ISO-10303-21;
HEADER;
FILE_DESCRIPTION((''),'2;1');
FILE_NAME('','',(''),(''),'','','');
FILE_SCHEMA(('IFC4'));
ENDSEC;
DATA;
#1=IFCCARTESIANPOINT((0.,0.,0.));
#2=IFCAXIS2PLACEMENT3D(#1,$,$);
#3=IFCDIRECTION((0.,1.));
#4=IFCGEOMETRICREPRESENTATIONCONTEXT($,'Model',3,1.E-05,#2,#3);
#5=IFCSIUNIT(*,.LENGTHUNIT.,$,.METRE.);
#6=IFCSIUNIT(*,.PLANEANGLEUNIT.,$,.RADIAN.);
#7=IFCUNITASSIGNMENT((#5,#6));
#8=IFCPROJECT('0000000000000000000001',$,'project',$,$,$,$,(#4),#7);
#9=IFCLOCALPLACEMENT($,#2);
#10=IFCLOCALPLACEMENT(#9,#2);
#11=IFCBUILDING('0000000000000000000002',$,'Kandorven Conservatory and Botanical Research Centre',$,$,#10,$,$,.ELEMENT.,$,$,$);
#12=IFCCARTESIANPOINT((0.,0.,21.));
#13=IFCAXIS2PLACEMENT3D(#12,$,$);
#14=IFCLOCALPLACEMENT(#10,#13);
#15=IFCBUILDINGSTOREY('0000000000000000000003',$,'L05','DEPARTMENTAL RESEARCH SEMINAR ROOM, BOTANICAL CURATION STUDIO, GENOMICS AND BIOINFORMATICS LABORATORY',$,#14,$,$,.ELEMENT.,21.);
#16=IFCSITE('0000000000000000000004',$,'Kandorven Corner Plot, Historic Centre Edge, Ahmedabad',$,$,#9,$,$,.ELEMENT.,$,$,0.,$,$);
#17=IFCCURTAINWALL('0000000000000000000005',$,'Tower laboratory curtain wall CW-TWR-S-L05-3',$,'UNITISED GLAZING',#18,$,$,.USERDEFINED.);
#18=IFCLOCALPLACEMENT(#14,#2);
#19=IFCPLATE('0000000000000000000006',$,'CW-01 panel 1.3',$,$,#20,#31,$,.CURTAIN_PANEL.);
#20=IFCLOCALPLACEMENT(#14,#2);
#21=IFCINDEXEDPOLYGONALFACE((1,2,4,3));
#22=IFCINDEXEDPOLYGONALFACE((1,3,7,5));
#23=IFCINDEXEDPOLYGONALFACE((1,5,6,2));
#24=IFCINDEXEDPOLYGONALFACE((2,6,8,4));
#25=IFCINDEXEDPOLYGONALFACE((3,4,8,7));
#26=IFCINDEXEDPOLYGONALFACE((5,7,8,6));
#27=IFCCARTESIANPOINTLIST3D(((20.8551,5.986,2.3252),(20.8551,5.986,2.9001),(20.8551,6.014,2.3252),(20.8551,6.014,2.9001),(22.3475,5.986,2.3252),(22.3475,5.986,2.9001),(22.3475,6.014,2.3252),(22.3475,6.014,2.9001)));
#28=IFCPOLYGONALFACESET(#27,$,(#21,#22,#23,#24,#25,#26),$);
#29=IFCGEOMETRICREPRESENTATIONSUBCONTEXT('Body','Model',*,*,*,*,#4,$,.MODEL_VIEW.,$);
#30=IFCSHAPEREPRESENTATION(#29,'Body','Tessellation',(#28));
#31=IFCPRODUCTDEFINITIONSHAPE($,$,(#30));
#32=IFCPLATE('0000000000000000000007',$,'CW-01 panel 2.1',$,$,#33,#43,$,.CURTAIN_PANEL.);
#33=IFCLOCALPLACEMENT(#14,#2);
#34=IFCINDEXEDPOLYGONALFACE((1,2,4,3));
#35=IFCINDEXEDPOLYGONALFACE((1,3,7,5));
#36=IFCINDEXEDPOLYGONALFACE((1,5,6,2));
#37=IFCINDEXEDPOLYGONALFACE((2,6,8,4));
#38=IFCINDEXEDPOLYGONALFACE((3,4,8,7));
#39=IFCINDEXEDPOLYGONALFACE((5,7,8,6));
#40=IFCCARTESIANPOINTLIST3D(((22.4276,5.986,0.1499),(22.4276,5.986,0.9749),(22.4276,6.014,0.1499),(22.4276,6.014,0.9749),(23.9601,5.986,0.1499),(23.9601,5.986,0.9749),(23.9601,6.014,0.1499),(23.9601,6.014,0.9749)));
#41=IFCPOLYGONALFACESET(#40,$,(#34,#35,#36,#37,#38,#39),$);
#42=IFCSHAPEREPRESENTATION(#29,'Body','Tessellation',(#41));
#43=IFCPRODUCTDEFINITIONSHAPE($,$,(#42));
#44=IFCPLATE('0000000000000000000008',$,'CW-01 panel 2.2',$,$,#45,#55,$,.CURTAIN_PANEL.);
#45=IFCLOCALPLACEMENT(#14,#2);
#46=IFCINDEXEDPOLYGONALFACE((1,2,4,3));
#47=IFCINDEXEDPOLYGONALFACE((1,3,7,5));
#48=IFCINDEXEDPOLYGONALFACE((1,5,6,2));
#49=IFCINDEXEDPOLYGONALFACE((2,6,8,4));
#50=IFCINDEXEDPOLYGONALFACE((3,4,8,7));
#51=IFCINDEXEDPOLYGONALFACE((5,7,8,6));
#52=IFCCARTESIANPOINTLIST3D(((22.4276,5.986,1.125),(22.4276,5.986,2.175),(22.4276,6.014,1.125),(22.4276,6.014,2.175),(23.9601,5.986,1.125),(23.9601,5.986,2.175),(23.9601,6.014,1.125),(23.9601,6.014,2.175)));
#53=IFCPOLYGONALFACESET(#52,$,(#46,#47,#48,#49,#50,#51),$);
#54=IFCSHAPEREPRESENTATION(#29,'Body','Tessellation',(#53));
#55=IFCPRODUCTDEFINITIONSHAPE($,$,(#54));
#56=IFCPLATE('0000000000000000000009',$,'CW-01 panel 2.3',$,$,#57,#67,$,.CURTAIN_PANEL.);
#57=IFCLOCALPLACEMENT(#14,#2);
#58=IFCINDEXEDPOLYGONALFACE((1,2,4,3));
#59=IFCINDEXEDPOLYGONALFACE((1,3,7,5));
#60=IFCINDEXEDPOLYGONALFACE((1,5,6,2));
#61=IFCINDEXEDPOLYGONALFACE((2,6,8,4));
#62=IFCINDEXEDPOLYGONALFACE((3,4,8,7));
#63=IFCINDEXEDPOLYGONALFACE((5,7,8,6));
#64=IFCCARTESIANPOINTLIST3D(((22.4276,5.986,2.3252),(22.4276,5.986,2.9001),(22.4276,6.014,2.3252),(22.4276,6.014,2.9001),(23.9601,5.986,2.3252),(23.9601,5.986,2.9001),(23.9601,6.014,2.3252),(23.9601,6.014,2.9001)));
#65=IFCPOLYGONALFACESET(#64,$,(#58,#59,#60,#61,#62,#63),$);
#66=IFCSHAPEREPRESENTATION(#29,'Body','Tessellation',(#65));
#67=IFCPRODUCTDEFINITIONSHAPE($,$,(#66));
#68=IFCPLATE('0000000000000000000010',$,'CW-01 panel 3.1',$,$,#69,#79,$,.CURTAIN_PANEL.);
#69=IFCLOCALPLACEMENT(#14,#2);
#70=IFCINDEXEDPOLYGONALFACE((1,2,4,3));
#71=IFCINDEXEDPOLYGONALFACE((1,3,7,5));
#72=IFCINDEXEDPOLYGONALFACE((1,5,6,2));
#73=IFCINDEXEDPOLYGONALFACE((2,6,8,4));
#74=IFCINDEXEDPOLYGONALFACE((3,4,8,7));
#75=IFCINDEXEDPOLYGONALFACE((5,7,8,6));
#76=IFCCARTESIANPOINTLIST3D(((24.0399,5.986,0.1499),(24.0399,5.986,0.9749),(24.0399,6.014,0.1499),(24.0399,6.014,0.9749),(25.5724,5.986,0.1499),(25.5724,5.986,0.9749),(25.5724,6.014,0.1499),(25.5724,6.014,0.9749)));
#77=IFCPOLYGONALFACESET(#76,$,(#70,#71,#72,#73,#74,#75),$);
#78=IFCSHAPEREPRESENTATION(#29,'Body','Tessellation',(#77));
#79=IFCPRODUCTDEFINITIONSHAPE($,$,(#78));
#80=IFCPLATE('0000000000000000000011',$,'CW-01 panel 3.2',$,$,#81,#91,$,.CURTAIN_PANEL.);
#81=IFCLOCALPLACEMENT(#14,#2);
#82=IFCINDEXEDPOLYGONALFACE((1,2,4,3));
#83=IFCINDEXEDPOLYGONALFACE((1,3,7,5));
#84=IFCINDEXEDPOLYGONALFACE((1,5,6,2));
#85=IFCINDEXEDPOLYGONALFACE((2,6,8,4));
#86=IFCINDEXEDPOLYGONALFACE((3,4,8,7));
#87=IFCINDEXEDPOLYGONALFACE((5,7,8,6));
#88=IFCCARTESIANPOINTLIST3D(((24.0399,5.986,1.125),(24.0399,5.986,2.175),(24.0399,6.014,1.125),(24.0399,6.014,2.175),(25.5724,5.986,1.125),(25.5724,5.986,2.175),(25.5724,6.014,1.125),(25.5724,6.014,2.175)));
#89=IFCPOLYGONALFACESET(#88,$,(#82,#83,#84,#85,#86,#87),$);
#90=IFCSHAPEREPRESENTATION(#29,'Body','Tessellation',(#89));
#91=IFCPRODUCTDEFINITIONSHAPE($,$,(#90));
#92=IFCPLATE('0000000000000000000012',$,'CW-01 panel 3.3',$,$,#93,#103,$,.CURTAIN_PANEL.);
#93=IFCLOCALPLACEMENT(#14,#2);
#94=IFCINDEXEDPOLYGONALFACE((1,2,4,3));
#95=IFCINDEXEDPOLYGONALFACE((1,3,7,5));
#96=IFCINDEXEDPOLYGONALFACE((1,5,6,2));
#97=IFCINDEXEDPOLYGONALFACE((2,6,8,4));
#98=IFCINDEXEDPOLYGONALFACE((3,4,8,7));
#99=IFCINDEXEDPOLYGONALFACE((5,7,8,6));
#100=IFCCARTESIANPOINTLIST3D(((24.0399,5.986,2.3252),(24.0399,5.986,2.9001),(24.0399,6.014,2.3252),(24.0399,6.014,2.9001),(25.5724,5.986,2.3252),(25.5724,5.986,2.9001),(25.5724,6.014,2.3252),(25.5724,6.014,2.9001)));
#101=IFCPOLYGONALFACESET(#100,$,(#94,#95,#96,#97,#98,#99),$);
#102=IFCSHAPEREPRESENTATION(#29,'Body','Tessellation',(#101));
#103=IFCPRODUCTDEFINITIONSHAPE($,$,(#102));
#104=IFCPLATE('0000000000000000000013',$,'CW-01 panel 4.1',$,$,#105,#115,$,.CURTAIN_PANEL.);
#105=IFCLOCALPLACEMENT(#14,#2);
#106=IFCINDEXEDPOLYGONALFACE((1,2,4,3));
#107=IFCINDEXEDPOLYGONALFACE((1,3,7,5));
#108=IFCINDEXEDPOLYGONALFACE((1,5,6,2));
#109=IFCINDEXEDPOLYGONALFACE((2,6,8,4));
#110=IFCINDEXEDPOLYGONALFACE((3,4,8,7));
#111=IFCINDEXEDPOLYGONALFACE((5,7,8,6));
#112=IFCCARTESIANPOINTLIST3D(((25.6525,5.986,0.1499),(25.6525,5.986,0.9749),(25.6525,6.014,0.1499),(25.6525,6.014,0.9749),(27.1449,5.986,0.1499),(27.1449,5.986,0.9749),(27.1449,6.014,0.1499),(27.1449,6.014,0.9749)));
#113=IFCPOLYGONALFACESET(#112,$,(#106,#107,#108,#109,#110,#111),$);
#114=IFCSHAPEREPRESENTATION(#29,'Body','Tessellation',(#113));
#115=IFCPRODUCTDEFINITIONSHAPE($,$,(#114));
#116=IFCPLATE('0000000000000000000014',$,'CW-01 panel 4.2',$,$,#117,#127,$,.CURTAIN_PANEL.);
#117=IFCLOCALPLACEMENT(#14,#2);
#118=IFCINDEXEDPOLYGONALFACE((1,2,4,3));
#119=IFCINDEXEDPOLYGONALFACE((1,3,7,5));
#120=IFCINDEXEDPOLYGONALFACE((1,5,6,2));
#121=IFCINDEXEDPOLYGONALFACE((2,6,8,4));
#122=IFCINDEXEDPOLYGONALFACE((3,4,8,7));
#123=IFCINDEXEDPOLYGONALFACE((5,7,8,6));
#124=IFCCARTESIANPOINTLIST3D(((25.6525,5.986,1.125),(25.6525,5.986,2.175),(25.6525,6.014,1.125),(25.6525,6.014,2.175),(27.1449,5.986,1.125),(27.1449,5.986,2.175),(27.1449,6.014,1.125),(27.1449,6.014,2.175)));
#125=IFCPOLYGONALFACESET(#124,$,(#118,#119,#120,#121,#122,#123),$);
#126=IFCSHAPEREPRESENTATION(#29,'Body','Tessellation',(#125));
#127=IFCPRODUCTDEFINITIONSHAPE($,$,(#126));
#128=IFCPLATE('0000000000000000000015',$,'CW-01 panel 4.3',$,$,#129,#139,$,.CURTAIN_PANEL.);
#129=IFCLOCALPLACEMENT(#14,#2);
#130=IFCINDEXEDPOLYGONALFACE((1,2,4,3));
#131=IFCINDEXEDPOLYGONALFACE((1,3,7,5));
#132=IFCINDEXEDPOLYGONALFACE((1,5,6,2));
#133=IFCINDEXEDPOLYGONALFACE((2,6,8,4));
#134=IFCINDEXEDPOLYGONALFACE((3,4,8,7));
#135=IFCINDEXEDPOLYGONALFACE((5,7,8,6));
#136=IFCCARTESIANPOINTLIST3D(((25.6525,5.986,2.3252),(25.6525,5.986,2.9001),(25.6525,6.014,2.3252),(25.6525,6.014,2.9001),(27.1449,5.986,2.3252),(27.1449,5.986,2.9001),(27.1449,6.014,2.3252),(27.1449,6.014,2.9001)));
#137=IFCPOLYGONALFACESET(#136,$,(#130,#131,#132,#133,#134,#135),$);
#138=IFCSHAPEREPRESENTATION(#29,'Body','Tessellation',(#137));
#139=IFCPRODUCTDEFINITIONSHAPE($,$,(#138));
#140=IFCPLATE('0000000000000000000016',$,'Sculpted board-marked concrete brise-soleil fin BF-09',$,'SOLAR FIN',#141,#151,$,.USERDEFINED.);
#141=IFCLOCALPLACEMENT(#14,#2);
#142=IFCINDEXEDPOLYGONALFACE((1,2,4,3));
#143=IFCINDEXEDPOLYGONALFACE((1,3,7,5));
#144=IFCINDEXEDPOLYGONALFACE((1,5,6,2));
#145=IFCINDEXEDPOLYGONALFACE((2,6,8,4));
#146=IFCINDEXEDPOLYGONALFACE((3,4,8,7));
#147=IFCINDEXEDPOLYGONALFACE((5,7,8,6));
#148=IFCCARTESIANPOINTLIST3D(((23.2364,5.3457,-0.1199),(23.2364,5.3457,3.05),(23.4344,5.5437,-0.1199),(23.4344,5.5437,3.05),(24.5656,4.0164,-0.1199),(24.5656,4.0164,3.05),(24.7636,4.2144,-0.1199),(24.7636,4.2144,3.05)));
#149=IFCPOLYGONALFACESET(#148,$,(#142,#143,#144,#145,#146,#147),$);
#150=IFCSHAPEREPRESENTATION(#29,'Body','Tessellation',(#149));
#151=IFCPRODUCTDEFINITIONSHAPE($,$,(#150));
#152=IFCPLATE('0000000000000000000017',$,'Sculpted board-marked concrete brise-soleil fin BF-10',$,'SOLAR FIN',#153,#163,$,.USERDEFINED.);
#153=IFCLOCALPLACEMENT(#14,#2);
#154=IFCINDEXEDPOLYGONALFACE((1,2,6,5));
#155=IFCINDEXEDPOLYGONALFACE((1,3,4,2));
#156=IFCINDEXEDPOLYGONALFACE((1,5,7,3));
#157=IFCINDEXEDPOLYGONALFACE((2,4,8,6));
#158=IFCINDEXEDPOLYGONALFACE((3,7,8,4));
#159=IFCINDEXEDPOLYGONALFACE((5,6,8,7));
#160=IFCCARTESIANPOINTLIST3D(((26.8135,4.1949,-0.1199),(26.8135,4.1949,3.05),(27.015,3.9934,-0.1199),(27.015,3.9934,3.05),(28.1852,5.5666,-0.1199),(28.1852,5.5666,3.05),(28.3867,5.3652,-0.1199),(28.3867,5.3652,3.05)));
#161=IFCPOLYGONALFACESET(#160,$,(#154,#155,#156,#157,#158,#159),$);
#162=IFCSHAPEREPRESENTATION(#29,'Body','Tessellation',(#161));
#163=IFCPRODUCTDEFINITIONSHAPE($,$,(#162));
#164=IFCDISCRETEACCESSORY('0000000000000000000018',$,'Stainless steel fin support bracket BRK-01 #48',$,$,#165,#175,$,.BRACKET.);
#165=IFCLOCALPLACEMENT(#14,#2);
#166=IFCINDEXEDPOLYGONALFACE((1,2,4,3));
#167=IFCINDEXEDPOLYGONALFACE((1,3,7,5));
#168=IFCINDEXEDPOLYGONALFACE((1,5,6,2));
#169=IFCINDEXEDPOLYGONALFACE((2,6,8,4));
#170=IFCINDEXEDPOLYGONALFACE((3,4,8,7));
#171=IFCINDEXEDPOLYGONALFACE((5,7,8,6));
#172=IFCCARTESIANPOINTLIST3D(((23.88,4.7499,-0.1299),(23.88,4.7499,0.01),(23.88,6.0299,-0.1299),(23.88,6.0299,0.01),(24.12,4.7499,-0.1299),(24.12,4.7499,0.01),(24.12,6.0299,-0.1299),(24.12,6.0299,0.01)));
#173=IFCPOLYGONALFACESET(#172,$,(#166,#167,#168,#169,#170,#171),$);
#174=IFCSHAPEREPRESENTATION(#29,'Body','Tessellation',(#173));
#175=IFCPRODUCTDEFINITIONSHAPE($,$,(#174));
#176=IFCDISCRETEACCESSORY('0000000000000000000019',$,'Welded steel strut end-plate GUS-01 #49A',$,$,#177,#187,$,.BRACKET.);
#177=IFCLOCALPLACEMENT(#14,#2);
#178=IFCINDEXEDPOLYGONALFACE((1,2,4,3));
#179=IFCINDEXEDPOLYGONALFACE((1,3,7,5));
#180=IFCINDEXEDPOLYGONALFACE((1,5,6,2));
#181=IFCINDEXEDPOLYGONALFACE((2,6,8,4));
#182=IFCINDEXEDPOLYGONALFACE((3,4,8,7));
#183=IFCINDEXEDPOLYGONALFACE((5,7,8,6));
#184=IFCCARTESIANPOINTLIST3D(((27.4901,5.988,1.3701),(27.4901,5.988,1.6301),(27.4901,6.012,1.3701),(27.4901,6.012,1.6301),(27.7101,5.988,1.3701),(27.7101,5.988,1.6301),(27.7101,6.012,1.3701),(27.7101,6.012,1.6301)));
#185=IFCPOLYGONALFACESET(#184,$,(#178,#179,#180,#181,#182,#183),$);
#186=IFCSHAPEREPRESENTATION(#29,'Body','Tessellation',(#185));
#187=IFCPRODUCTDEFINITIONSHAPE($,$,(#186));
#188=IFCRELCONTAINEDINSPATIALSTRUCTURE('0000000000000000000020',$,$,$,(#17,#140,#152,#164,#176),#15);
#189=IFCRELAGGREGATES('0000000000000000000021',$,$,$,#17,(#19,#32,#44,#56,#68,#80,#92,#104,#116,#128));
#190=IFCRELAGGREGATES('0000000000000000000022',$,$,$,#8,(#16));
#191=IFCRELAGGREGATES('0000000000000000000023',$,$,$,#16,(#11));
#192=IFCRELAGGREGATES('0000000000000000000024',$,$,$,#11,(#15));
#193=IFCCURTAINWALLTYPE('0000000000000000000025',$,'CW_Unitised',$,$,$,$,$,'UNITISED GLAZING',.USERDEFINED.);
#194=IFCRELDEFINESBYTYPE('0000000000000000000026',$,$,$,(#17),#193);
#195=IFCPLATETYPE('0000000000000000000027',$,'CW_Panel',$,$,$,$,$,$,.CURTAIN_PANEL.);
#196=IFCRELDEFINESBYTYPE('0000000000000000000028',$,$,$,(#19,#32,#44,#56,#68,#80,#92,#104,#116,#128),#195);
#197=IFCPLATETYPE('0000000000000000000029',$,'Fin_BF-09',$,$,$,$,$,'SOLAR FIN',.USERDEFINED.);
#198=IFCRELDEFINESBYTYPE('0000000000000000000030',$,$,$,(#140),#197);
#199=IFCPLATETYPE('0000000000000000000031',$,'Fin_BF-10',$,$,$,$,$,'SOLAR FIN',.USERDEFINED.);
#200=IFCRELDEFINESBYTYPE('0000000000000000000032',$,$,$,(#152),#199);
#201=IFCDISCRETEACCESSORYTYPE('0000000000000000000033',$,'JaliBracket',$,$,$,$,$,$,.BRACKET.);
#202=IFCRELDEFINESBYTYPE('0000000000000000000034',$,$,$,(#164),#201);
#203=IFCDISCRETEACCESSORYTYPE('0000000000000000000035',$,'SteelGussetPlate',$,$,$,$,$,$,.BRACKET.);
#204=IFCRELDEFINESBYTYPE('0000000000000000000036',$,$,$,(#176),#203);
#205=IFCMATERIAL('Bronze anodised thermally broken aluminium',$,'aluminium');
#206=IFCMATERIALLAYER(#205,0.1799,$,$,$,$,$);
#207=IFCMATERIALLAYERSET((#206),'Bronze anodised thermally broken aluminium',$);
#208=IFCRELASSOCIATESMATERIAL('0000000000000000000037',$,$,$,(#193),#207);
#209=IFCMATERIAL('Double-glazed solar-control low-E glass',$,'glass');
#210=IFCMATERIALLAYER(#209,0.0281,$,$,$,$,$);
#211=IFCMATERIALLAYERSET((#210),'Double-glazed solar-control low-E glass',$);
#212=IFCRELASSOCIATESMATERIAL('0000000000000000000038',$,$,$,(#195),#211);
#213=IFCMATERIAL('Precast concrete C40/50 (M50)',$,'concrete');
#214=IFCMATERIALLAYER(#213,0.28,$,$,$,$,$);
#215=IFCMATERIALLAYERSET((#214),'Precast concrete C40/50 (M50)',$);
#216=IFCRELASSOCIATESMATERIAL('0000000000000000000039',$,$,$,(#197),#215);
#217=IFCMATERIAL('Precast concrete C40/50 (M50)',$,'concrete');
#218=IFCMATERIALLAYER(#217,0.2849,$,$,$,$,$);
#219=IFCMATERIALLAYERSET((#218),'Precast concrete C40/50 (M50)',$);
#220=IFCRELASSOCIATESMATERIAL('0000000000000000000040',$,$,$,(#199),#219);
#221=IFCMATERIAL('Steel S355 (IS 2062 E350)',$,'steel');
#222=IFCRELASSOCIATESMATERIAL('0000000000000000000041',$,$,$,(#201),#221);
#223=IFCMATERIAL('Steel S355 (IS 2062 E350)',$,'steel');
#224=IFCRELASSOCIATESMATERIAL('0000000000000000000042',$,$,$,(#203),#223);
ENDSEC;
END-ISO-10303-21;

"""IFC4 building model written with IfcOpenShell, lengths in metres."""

from ifc_helpers import new_model, si_unit, direction, frame, origin, origin_2d, place, context, subcontext, project, spatial, rectangle, extrude, material, layer, layer_set, type_object, element, aggregate, save


model = new_model("IFC4")

# Units and contexts
model_context = context("Model", 3, precision=1e-05, world=origin(), true_north=direction((0.0, 1.0)))
body_context = subcontext(model_context, "Body", "Model", "MODEL_VIEW")
ifc_project = project(units=[si_unit("LENGTHUNIT", "METRE"), si_unit("PLANEANGLEUNIT", "RADIAN")], contexts=[model_context])

# Site, building, storey
site_placement = place(None, origin())
site = spatial("IfcSite", under=ifc_project, at=site_placement, Name="Kandorven Corner Plot, Historic Centre Edge, Ahmedabad", CompositionType="ELEMENT", RefElevation=0.0)
building_placement = place(site_placement, origin())
building = spatial("IfcBuilding", under=site, at=building_placement, Name="Kandorven Conservatory and Botanical Research Centre", CompositionType="ELEMENT")
storey_placement = place(building_placement, frame((0.0, 0.0, 21.0)))
storey = spatial("IfcBuildingStorey", under=building, at=storey_placement, Name="L05", Description="DEPARTMENTAL RESEARCH SEMINAR ROOM, BOTANICAL CURATION STUDIO, GENOMICS AND BIOINFORMATICS LABORATORY", CompositionType="ELEMENT", Elevation=21.0)

# Curtain wall
ifc_material_1 = material(Name="Bronze anodised thermally broken aluminium", Category="aluminium")
ifc_layer_1 = layer(ifc_material_1, 0.1799)
ifc_layer_set_1 = layer_set([ifc_layer_1], Name="Bronze anodised thermally broken aluminium")
curtain_wall_type = type_object("IfcCurtainWallType", Name="CW_Unitised", ElementType="UNITISED GLAZING", PredefinedType="USERDEFINED", material=ifc_layer_set_1)
curtain_wall_placement = place(storey_placement, origin())
curtain_wall = element("IfcCurtainWall", 1, at=curtain_wall_placement, inside=storey, type_object=curtain_wall_type, Name="Tower laboratory curtain wall CW-TWR-S-L05-3", ObjectType="UNITISED GLAZING", PredefinedType="USERDEFINED")

# Plates
ifc_material_2 = material(Name="Double-glazed solar-control low-E glass", Category="glass")
ifc_layer_2 = layer(ifc_material_2, 0.0281)
ifc_layer_set_2 = layer_set([ifc_layer_2], Name="Double-glazed solar-control low-E glass")
plate_type_1 = type_object("IfcPlateType", Name="CW_Panel", PredefinedType="CURTAIN_PANEL", material=ifc_layer_set_2)
plate_1_placement = place(storey_placement, frame((21.6013, 6.0, 2.3252), z_axis=(0.0, 0.0, 1.0), x_axis=(1.0, 0.0, 0.0)))
plate_1 = element("IfcPlate", 2, at=plate_1_placement, type_object=plate_type_1, Name="CW-01 panel 1.3", PredefinedType="CURTAIN_PANEL", context=body_context, shape_type="SweptSolid", body=[
    extrude(rectangle(XDim=1.4924, YDim=0.0281, at=origin_2d()), origin(), (0.0, 0.0, 1.0), 0.575),
])
plate_2_placement = place(storey_placement, frame((23.1938, 6.0, 0.1499), z_axis=(0.0, 0.0, 1.0), x_axis=(1.0, 0.0, 0.0)))
plate_2 = element("IfcPlate", 3, at=plate_2_placement, type_object=plate_type_1, Name="CW-01 panel 2.1", PredefinedType="CURTAIN_PANEL", context=body_context, shape_type="SweptSolid", body=[
    extrude(rectangle(XDim=1.5325, YDim=0.0281, at=origin_2d()), origin(), (0.0, 0.0, 1.0), 0.825),
])
plate_3_placement = place(storey_placement, frame((23.1938, 6.0, 1.125), z_axis=(0.0, 0.0, 1.0), x_axis=(1.0, 0.0, 0.0)))
plate_3 = element("IfcPlate", 4, at=plate_3_placement, type_object=plate_type_1, Name="CW-01 panel 2.2", PredefinedType="CURTAIN_PANEL", context=body_context, shape_type="SweptSolid", body=[
    extrude(rectangle(XDim=1.5325, YDim=0.0281, at=origin_2d()), origin(), (0.0, 0.0, 1.0), 1.05),
])
plate_4_placement = place(storey_placement, frame((23.1938, 6.0, 2.3252), z_axis=(0.0, 0.0, 1.0), x_axis=(1.0, 0.0, 0.0)))
plate_4 = element("IfcPlate", 5, at=plate_4_placement, type_object=plate_type_1, Name="CW-01 panel 2.3", PredefinedType="CURTAIN_PANEL", context=body_context, shape_type="SweptSolid", body=[
    extrude(rectangle(XDim=1.5325, YDim=0.0281, at=origin_2d()), origin(), (0.0, 0.0, 1.0), 0.575),
])
plate_5_placement = place(storey_placement, frame((24.8062, 6.0, 0.1499), z_axis=(0.0, 0.0, 1.0), x_axis=(1.0, 0.0, 0.0)))
plate_5 = element("IfcPlate", 6, at=plate_5_placement, type_object=plate_type_1, Name="CW-01 panel 3.1", PredefinedType="CURTAIN_PANEL", context=body_context, shape_type="SweptSolid", body=[
    extrude(rectangle(XDim=1.5325, YDim=0.0281, at=origin_2d()), origin(), (0.0, 0.0, 1.0), 0.825),
])
plate_6_placement = place(storey_placement, frame((24.8062, 6.0, 1.125), z_axis=(0.0, 0.0, 1.0), x_axis=(1.0, 0.0, 0.0)))
plate_6 = element("IfcPlate", 7, at=plate_6_placement, type_object=plate_type_1, Name="CW-01 panel 3.2", PredefinedType="CURTAIN_PANEL", context=body_context, shape_type="SweptSolid", body=[
    extrude(rectangle(XDim=1.5325, YDim=0.0281, at=origin_2d()), origin(), (0.0, 0.0, 1.0), 1.05),
])
plate_7_placement = place(storey_placement, frame((24.8062, 6.0, 2.3252), z_axis=(0.0, 0.0, 1.0), x_axis=(1.0, 0.0, 0.0)))
plate_7 = element("IfcPlate", 8, at=plate_7_placement, type_object=plate_type_1, Name="CW-01 panel 3.3", PredefinedType="CURTAIN_PANEL", context=body_context, shape_type="SweptSolid", body=[
    extrude(rectangle(XDim=1.5325, YDim=0.0281, at=origin_2d()), origin(), (0.0, 0.0, 1.0), 0.575),
])
plate_8_placement = place(storey_placement, frame((26.3987, 6.0, 0.1499), z_axis=(0.0, 0.0, 1.0), x_axis=(1.0, 0.0, 0.0)))
plate_8 = element("IfcPlate", 9, at=plate_8_placement, type_object=plate_type_1, Name="CW-01 panel 4.1", PredefinedType="CURTAIN_PANEL", context=body_context, shape_type="SweptSolid", body=[
    extrude(rectangle(XDim=1.4924, YDim=0.0281, at=origin_2d()), origin(), (0.0, 0.0, 1.0), 0.825),
])
plate_9_placement = place(storey_placement, frame((26.3987, 6.0, 1.125), z_axis=(0.0, 0.0, 1.0), x_axis=(1.0, 0.0, 0.0)))
plate_9 = element("IfcPlate", 10, at=plate_9_placement, type_object=plate_type_1, Name="CW-01 panel 4.2", PredefinedType="CURTAIN_PANEL", context=body_context, shape_type="SweptSolid", body=[
    extrude(rectangle(XDim=1.4924, YDim=0.0281, at=origin_2d()), origin(), (0.0, 0.0, 1.0), 1.05),
])
plate_10_placement = place(storey_placement, frame((26.3987, 6.0, 2.3252), z_axis=(0.0, 0.0, 1.0), x_axis=(1.0, 0.0, 0.0)))
plate_10 = element("IfcPlate", 11, at=plate_10_placement, type_object=plate_type_1, Name="CW-01 panel 4.3", PredefinedType="CURTAIN_PANEL", context=body_context, shape_type="SweptSolid", body=[
    extrude(rectangle(XDim=1.4924, YDim=0.0281, at=origin_2d()), origin(), (0.0, 0.0, 1.0), 0.575),
])
aggregate(curtain_wall, [plate_1, plate_2, plate_3, plate_4, plate_5, plate_6, plate_7, plate_8, plate_9, plate_10])

# Plates
ifc_material_3 = material(Name="Precast concrete C40/50 (M50)", Category="concrete")
ifc_layer_3 = layer(ifc_material_3, 0.28)
ifc_layer_set_3 = layer_set([ifc_layer_3], Name="Precast concrete C40/50 (M50)")
plate_type_2 = type_object("IfcPlateType", Name="Fin_BF-09", ElementType="SOLAR FIN", PredefinedType="USERDEFINED", material=ifc_layer_set_3)
plate_11_placement = place(storey_placement, frame((24.0, 4.78, -0.1199), z_axis=(0.0, 0.0, 1.0), x_axis=(-0.707107, 0.707107, 0.0)))
element("IfcPlate", 12, at=plate_11_placement, inside=storey, type_object=plate_type_2, Name="Sculpted board-marked concrete brise-soleil fin BF-09", ObjectType="SOLAR FIN", PredefinedType="USERDEFINED", context=body_context, shape_type="SweptSolid", body=[
    extrude(rectangle(XDim=1.8799, YDim=0.28, at=origin_2d()), origin(), (0.0, 0.0, 1.0), 3.1699),
])
ifc_material_4 = material(Name="Precast concrete C40/50 (M50)", Category="concrete")
ifc_layer_4 = layer(ifc_material_4, 0.2849)
ifc_layer_set_4 = layer_set([ifc_layer_4], Name="Precast concrete C40/50 (M50)")
plate_type_3 = type_object("IfcPlateType", Name="Fin_BF-10", ElementType="SOLAR FIN", PredefinedType="USERDEFINED", material=ifc_layer_set_4)
plate_12_placement = place(storey_placement, frame((27.6001, 4.78, -0.1199), z_axis=(0.0, 0.0, 1.0), x_axis=(0.707107, 0.707107, 0.0)))
element("IfcPlate", 13, at=plate_12_placement, inside=storey, type_object=plate_type_3, Name="Sculpted board-marked concrete brise-soleil fin BF-10", ObjectType="SOLAR FIN", PredefinedType="USERDEFINED", context=body_context, shape_type="SweptSolid", body=[
    extrude(rectangle(XDim=1.9399, YDim=0.2849, at=origin_2d()), origin(), (0.0, 0.0, 1.0), 3.1699),
])

# Discrete accessories
ifc_material_5 = material(Name="Steel S355 (IS 2062 E350)", Category="steel")
discrete_accessory_type_1 = type_object("IfcDiscreteAccessoryType", Name="JaliBracket", PredefinedType="BRACKET", material=ifc_material_5)
discrete_accessory_placement = place(storey_placement, frame((24.0, 5.3899, -0.1299), z_axis=(0.0, 0.0, 1.0), x_axis=(1.0, 0.0, 0.0)))
element("IfcDiscreteAccessory", 14, at=discrete_accessory_placement, inside=storey, type_object=discrete_accessory_type_1, Name="Stainless steel fin support bracket BRK-01 #48", PredefinedType="BRACKET", context=body_context, shape_type="SweptSolid", body=[
    extrude(rectangle(XDim=0.24, YDim=1.28, at=origin_2d()), origin(), (0.0, 0.0, 1.0), 0.1399),
])
ifc_material_6 = material(Name="Steel S355 (IS 2062 E350)", Category="steel")
discrete_accessory_type_2 = type_object("IfcDiscreteAccessoryType", Name="SteelGussetPlate", PredefinedType="BRACKET", material=ifc_material_6)
for number, where, z_axis, x_axis, name in (
    (15, (27.6001, 6.0, 1.3701), (0.0, 0.0, 1.0), (1.0, 0.0, 0.0), "Welded steel strut end-plate GUS-01 #49A"),
):
    element("IfcDiscreteAccessory", number, at=place(storey_placement, frame(where, z_axis=z_axis, x_axis=x_axis)), inside=storey, type_object=discrete_accessory_type_2, Name=name, PredefinedType="BRACKET", context=body_context, shape_type="SweptSolid", body=[
        extrude(rectangle(XDim=0.22, YDim=0.0239, at=origin_2d()), origin(), (0.0, 0.0, 1.0), 0.26),
    ])

save(model, "model.ifc")
